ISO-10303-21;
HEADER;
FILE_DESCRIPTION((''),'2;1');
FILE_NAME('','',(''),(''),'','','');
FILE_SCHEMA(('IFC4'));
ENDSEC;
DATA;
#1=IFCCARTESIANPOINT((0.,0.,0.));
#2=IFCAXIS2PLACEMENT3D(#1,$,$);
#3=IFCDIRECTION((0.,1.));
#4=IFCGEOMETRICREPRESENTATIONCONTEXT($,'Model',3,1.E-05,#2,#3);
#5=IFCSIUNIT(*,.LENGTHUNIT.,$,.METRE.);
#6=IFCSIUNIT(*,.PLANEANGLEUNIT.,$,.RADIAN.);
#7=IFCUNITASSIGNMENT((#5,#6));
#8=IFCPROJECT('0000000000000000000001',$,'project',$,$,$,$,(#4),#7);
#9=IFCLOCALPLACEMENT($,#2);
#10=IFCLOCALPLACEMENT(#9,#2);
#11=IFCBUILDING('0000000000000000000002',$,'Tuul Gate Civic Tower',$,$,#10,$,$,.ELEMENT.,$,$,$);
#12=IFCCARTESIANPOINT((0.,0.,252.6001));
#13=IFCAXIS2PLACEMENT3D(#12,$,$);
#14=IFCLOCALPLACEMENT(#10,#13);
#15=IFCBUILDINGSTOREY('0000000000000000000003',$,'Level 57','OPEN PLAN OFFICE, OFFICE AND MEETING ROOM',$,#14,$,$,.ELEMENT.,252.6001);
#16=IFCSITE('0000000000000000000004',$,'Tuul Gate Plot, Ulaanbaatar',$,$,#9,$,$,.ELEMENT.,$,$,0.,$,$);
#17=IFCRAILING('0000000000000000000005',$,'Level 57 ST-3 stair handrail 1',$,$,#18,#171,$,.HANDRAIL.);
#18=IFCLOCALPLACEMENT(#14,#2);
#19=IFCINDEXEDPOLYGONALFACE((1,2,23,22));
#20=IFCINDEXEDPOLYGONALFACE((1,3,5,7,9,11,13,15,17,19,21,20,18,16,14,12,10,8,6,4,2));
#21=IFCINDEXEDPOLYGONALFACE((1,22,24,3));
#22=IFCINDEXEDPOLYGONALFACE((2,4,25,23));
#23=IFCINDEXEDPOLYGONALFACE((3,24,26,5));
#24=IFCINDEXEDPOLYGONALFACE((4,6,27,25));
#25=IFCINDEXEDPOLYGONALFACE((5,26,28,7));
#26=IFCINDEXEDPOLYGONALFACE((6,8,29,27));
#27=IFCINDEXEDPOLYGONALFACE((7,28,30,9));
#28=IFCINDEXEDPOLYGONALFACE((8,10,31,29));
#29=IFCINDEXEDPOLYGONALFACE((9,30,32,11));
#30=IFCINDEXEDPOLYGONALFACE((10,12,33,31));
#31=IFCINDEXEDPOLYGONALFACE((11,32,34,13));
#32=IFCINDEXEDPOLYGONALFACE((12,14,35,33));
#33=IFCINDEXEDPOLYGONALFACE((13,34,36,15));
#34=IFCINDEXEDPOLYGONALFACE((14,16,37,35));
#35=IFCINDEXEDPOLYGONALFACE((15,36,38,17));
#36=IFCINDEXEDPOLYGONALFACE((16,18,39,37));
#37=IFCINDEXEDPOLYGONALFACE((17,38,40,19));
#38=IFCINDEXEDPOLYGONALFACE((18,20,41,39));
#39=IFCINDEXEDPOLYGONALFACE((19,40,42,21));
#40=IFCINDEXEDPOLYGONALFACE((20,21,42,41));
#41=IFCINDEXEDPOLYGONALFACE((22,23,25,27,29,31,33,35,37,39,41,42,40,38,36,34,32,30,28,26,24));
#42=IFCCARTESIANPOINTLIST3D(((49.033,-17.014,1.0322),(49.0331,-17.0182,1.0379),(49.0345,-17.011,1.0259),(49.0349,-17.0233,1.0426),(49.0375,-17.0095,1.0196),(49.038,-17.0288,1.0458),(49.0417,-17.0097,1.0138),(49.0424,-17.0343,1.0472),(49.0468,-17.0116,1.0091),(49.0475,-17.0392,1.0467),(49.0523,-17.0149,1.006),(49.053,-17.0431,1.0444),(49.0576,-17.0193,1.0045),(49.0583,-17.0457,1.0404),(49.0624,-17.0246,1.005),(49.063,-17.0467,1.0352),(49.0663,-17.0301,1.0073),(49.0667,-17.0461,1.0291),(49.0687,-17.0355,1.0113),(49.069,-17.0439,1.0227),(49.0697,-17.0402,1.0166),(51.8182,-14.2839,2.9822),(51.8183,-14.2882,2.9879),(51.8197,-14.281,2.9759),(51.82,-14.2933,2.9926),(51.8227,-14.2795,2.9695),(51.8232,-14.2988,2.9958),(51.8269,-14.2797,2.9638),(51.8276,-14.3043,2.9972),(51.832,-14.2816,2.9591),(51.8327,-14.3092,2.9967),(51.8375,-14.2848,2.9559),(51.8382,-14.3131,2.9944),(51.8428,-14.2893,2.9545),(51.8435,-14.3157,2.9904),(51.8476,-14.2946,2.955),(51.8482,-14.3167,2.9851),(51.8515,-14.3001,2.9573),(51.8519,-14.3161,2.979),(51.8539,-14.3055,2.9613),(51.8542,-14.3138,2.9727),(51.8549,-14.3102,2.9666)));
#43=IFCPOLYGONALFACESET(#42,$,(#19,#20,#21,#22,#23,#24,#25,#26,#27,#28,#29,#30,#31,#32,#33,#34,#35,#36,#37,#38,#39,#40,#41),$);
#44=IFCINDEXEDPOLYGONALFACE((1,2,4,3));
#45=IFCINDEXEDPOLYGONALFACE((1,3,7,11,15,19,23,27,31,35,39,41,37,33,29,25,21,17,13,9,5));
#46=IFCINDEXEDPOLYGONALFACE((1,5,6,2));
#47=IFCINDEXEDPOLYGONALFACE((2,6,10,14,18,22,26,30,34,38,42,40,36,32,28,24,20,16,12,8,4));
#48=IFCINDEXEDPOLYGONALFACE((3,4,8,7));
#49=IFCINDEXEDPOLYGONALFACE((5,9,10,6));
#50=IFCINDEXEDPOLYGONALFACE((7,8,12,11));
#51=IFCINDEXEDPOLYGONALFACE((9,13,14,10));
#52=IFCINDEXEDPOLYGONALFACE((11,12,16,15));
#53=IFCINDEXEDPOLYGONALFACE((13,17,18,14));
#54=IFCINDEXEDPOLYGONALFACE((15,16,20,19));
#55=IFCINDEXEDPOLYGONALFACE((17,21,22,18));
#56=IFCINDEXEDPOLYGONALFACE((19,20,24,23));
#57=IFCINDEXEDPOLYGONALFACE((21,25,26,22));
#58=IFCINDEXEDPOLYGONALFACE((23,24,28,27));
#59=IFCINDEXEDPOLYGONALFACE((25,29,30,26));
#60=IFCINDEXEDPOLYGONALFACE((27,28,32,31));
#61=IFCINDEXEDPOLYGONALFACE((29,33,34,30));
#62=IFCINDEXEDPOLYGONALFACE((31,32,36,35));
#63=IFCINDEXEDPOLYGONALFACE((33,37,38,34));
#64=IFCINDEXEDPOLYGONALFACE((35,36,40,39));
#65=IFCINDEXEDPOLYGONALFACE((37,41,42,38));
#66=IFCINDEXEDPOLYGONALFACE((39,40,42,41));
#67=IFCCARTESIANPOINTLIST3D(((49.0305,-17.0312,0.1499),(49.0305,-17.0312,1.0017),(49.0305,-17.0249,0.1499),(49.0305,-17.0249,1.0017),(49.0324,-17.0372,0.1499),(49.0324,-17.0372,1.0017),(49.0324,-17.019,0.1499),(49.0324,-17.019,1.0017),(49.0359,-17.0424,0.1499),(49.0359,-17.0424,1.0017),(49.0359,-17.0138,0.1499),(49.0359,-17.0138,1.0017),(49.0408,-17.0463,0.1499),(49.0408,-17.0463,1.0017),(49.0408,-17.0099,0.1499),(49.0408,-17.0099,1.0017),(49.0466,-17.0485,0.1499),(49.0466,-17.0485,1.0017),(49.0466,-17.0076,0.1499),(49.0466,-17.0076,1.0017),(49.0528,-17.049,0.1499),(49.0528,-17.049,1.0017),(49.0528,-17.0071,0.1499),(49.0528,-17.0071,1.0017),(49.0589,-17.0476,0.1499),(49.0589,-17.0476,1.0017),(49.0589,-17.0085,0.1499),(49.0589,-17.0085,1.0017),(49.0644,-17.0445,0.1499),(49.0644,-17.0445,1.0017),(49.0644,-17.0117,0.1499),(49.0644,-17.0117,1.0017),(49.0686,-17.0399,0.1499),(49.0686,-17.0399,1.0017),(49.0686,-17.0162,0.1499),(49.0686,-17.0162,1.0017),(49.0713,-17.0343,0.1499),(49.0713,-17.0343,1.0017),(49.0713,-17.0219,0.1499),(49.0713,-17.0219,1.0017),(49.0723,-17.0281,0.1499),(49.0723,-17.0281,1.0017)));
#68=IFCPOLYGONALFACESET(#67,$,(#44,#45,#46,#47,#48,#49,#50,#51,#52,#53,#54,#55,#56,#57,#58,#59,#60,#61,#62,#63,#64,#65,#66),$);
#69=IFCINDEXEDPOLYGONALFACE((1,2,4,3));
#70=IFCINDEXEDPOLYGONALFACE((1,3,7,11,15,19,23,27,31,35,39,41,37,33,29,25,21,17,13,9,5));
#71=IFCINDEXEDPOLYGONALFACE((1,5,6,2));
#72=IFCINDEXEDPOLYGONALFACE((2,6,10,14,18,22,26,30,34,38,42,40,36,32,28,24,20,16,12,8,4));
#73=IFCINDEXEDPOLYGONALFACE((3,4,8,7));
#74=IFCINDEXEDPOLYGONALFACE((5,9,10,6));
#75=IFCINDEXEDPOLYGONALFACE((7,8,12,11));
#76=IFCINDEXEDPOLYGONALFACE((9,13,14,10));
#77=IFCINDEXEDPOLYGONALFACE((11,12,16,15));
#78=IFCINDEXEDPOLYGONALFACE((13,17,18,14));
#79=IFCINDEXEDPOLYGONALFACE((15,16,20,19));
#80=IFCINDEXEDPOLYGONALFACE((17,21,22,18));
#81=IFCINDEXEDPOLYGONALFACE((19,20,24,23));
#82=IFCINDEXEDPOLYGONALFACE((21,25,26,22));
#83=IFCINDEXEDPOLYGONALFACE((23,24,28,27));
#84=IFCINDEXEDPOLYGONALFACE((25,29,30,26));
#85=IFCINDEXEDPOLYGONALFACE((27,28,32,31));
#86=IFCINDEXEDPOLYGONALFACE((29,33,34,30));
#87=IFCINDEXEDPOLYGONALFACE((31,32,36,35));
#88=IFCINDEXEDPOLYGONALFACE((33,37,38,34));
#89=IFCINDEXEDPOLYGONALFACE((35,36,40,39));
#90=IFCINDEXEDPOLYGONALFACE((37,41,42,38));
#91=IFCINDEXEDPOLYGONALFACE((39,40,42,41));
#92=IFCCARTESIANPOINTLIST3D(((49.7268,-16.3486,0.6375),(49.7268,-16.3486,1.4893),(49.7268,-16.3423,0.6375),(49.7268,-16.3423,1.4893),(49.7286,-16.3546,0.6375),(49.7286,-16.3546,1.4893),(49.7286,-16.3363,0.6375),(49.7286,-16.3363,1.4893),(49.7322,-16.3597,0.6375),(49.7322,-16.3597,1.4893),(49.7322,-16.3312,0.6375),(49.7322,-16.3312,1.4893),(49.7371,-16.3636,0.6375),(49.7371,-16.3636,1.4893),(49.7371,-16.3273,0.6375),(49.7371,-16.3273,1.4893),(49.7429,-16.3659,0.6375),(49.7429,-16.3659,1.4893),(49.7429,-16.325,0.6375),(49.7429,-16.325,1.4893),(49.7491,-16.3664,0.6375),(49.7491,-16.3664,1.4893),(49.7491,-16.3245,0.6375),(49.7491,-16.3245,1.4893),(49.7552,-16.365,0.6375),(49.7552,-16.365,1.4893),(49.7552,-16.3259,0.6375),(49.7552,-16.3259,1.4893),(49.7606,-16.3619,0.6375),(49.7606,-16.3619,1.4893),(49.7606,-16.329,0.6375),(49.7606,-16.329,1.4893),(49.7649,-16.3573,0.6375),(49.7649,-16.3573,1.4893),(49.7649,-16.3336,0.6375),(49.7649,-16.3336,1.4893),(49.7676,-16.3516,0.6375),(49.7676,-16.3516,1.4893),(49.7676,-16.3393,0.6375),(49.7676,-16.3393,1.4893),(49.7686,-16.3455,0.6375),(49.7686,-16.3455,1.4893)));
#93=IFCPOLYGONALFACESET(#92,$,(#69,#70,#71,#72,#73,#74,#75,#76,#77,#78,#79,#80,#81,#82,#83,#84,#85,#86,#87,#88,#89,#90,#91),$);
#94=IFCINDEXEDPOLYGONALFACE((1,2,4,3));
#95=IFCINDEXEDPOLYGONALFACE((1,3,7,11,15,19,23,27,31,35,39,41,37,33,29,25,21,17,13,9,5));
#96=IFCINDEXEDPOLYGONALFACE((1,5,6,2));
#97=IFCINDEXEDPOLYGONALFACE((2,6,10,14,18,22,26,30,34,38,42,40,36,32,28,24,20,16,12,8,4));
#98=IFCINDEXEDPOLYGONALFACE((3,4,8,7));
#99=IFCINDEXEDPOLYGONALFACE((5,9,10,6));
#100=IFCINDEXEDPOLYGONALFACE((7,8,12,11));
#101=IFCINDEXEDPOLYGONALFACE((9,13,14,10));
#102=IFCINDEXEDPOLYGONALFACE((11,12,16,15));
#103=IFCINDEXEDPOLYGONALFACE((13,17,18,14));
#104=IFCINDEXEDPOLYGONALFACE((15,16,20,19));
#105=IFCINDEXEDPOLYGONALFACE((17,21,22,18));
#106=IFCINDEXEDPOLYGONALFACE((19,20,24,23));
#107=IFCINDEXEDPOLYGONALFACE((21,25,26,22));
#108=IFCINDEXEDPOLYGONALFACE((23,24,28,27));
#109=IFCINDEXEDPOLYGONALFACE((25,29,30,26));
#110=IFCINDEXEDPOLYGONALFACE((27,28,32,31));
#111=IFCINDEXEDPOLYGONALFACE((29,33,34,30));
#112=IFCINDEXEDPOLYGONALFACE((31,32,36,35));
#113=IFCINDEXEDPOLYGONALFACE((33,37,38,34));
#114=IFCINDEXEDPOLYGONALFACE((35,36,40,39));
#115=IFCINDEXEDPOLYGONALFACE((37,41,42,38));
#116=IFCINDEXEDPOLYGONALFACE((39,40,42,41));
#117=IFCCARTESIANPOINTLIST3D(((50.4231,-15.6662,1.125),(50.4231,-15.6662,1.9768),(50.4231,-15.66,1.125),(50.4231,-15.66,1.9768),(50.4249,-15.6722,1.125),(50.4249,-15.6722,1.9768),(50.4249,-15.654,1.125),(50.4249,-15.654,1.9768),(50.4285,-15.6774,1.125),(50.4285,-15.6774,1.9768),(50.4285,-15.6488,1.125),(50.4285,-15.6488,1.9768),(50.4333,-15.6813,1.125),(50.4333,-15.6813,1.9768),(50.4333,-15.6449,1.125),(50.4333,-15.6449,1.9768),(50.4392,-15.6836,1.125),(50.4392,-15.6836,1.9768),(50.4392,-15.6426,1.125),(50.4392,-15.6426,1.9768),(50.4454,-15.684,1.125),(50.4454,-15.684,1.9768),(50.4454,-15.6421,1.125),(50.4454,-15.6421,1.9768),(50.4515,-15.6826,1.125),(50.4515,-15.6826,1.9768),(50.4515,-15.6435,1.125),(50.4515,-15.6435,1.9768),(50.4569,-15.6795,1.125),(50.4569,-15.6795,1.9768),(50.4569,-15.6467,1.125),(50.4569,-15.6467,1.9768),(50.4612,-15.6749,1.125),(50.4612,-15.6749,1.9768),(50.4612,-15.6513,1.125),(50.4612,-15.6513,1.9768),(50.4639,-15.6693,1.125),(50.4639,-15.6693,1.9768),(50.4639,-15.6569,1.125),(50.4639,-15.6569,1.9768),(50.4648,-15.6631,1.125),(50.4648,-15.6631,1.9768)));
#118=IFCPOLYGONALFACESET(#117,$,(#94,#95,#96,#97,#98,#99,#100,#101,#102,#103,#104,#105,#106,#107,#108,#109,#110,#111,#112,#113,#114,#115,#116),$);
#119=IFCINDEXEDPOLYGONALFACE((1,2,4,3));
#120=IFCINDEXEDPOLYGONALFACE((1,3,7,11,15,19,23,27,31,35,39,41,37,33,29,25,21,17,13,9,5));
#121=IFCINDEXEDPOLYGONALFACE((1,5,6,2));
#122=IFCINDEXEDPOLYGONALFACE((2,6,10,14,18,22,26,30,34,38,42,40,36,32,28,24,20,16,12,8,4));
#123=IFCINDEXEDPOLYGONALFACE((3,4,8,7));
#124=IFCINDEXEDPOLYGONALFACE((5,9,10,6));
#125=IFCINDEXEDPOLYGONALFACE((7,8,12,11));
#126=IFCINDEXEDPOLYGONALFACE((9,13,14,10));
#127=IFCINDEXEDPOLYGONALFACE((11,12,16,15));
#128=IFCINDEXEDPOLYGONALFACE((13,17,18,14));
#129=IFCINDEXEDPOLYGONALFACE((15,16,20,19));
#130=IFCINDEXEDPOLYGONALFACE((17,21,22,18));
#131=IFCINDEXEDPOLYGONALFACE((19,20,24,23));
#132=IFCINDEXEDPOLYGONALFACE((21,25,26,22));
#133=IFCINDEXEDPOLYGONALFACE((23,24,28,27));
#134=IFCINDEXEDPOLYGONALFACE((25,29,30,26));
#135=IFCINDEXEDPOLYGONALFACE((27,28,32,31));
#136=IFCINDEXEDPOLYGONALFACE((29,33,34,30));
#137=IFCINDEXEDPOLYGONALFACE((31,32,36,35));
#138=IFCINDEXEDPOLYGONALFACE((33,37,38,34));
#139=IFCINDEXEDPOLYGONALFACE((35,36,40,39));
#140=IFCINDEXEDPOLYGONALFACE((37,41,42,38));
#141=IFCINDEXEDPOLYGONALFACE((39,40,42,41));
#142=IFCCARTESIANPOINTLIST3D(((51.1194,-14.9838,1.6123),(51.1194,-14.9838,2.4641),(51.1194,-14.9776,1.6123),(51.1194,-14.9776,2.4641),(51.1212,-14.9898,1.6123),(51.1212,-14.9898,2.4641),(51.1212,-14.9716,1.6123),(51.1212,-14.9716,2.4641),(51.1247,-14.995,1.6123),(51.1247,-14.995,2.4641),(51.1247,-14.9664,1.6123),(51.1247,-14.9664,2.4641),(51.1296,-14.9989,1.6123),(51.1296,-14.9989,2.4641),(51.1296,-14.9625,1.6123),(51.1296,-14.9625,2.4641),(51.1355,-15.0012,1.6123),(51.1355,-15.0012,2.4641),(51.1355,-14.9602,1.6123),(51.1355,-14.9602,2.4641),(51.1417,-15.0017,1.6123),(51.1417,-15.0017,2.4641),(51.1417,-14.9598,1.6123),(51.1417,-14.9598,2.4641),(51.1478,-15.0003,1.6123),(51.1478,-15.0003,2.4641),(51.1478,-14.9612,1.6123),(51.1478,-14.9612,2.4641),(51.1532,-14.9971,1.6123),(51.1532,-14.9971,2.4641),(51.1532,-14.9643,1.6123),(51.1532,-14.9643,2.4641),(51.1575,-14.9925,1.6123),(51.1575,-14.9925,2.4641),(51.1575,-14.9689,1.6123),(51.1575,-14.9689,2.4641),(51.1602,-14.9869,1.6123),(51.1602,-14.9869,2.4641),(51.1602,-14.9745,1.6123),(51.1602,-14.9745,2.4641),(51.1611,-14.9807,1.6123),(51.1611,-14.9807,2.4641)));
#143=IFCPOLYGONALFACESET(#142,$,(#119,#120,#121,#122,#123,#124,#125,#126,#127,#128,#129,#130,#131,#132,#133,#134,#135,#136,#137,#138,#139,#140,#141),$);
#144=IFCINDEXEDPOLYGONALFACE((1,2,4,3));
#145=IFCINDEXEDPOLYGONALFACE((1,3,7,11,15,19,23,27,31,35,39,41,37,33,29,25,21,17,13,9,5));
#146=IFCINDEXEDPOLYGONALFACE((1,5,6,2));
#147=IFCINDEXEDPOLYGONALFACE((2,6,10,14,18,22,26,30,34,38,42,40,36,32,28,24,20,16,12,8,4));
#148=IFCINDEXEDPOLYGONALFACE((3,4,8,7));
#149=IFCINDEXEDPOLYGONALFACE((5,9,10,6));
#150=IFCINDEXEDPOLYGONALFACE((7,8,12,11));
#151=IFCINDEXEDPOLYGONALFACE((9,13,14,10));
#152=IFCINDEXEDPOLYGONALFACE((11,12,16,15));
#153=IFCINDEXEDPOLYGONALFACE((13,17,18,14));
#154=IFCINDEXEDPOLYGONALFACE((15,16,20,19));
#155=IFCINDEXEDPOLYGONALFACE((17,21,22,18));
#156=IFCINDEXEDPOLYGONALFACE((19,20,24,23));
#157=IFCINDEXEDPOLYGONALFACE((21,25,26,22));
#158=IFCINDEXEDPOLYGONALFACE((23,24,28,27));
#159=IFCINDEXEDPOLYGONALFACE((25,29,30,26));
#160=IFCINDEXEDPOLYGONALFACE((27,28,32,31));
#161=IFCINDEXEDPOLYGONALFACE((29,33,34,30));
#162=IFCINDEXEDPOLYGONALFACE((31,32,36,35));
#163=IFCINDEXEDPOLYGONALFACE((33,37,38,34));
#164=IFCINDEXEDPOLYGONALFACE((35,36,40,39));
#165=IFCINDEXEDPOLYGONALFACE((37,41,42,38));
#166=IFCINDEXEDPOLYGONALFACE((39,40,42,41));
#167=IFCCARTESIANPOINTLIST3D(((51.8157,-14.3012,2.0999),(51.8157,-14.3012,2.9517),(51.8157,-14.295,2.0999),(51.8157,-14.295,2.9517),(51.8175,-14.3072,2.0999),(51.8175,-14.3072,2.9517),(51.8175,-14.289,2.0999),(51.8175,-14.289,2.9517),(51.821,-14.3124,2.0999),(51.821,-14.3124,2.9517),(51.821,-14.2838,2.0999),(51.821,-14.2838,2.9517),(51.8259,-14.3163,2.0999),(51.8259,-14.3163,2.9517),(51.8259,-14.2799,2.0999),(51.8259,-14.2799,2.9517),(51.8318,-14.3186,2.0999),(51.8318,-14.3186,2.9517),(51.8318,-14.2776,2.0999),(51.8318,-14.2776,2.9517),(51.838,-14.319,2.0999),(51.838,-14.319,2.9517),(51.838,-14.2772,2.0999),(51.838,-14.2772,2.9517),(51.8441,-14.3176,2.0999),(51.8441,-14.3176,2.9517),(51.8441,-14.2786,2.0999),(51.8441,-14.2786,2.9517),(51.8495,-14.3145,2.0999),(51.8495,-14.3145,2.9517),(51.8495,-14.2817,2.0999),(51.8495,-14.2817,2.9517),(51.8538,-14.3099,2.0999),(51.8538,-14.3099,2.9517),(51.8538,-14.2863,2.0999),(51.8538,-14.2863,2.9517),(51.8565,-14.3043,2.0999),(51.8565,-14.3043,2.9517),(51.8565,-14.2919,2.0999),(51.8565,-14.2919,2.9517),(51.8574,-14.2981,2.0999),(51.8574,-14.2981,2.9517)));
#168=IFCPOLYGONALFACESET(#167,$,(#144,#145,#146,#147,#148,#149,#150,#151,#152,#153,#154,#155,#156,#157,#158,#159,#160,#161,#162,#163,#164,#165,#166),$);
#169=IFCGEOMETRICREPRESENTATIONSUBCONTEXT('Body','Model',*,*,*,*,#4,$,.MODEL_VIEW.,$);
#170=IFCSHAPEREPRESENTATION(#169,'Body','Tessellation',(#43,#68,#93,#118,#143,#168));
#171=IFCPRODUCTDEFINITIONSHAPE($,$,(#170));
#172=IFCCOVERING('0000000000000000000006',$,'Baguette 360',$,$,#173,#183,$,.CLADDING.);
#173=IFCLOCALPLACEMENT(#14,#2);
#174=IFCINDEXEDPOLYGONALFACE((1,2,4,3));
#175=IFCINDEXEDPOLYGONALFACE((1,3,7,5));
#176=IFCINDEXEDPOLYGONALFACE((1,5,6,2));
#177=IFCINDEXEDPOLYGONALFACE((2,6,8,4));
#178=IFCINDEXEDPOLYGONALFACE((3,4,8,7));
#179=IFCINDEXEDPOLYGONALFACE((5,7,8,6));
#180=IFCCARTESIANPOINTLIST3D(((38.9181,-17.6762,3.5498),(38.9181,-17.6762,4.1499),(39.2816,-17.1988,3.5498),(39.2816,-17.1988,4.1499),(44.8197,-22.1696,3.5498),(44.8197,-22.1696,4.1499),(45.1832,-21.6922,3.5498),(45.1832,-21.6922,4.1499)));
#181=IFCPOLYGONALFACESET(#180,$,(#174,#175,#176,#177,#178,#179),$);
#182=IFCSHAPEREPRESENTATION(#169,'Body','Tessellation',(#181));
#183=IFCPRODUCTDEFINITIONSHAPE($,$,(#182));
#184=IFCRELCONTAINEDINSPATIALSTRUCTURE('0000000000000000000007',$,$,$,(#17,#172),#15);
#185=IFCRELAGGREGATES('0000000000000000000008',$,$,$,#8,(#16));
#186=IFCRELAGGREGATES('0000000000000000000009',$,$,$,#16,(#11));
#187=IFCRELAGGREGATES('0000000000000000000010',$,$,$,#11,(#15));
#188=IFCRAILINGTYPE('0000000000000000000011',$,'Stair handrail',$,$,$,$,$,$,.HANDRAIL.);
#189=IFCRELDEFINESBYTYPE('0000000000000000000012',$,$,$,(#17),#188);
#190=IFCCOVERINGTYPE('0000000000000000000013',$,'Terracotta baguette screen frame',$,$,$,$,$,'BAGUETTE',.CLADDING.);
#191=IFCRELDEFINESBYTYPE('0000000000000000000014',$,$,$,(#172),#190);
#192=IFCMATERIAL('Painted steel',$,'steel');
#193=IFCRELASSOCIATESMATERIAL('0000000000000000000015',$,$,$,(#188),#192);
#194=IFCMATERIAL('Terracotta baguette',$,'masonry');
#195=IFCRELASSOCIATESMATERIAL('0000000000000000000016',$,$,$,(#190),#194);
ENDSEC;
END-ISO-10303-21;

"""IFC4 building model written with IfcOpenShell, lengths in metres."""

from ifc_helpers import new_model, si_unit, direction, frame, origin, origin_2d, place, context, subcontext, project, spatial, rectangle, circle, extrude, material, material_profile, profile_set, type_object, element, save


model = new_model("IFC4")

# Units and contexts
model_context = context("Model", 3, precision=1e-05, world=origin(), true_north=direction((0.0, 1.0)))
body_context = subcontext(model_context, "Body", "Model", "MODEL_VIEW")
ifc_project = project(units=[si_unit("LENGTHUNIT", "METRE"), si_unit("PLANEANGLEUNIT", "RADIAN")], contexts=[model_context])

# Site, building, storey
site_placement = place(None, origin())
site = spatial("IfcSite", under=ifc_project, at=site_placement, Name="Tuul Gate Plot, Ulaanbaatar", CompositionType="ELEMENT", RefElevation=0.0)
building_placement = place(site_placement, origin())
building = spatial("IfcBuilding", under=site, at=building_placement, Name="Tuul Gate Civic Tower", CompositionType="ELEMENT")
storey_placement = place(building_placement, frame((0.0, 0.0, 252.6001)))
storey = spatial("IfcBuildingStorey", under=building, at=storey_placement, Name="Level 57", Description="OPEN PLAN OFFICE, OFFICE AND MEETING ROOM", CompositionType="ELEMENT", Elevation=252.6001)

# Railing
ifc_material_1 = material(Name="Painted steel", Category="steel")
railing_type_1 = type_object("IfcRailingType", Name="Stair handrail", PredefinedType="HANDRAIL", material=ifc_material_1)
railing_1_placement = place(storey_placement, frame((49.0513, -17.0281, 0.1499)))
element("IfcRailing", 1, at=railing_1_placement, inside=storey, type_object=railing_type_1, Name="Level 57 ST-3 stair handrail 1", PredefinedType="HANDRAIL", context=body_context, shape_type="SweptSolid", body=[
    extrude(circle(Radius=0.0239, at=origin_2d()), frame((0.0, 0.0, 0.876), z_axis=(0.638754, 0.6261, 0.447206), x_axis=(-0.699998, 0.714145, 0.0)), (0.0, 0.0, 1.0), 4.3604),
    extrude(circle(Radius=0.021, at=origin_2d()), origin(), (0.0, 0.0, 1.0), 0.8518),
    extrude(circle(Radius=0.021, at=origin_2d()), frame((0.6963, 0.6826, 0.4875)), (0.0, 0.0, 1.0), 0.8518),
    extrude(circle(Radius=0.021, at=origin_2d()), frame((1.3926, 1.365, 0.9751)), (0.0, 0.0, 1.0), 0.8518),
    extrude(circle(Radius=0.021, at=origin_2d()), frame((2.0889, 2.0474, 1.4624)), (0.0, 0.0, 1.0), 0.8518),
    extrude(circle(Radius=0.021, at=origin_2d()), frame((2.7852, 2.73, 1.95)), (0.0, 0.0, 1.0), 0.8518),
])

# Covering
ifc_material_2 = material(Name="Terracotta baguette", Category="masonry")
ifc_material_profile_1 = material_profile(ifc_material_2, rectangle(XDim=0.6001, YDim=0.6001, at=origin_2d()), Name="Terracotta baguette screen frame")
ifc_profile_set_1 = profile_set([ifc_material_profile_1], Name="Terracotta baguette")
covering_type = type_object("IfcCoveringType", Name="Terracotta baguette screen frame", ElementType="BAGUETTE", PredefinedType="CLADDING", material=ifc_profile_set_1)
covering_placement = place(storey_placement, frame((39.0999, -17.4375, 3.8499), z_axis=(0.79563, -0.605782, 0.0), x_axis=(0.605782, 0.79563, 0.0)))
element("IfcCovering", 2, at=covering_placement, inside=storey, type_object=covering_type, Name="Baguette 360", PredefinedType="CLADDING", context=body_context, shape_type="SweptSolid", body=[
    extrude(rectangle(XDim=0.6001, YDim=0.6001, at=origin_2d()), origin(), (0.0, 0.0, 1.0), 7.4175),
])

save(model, "model.ifc")
